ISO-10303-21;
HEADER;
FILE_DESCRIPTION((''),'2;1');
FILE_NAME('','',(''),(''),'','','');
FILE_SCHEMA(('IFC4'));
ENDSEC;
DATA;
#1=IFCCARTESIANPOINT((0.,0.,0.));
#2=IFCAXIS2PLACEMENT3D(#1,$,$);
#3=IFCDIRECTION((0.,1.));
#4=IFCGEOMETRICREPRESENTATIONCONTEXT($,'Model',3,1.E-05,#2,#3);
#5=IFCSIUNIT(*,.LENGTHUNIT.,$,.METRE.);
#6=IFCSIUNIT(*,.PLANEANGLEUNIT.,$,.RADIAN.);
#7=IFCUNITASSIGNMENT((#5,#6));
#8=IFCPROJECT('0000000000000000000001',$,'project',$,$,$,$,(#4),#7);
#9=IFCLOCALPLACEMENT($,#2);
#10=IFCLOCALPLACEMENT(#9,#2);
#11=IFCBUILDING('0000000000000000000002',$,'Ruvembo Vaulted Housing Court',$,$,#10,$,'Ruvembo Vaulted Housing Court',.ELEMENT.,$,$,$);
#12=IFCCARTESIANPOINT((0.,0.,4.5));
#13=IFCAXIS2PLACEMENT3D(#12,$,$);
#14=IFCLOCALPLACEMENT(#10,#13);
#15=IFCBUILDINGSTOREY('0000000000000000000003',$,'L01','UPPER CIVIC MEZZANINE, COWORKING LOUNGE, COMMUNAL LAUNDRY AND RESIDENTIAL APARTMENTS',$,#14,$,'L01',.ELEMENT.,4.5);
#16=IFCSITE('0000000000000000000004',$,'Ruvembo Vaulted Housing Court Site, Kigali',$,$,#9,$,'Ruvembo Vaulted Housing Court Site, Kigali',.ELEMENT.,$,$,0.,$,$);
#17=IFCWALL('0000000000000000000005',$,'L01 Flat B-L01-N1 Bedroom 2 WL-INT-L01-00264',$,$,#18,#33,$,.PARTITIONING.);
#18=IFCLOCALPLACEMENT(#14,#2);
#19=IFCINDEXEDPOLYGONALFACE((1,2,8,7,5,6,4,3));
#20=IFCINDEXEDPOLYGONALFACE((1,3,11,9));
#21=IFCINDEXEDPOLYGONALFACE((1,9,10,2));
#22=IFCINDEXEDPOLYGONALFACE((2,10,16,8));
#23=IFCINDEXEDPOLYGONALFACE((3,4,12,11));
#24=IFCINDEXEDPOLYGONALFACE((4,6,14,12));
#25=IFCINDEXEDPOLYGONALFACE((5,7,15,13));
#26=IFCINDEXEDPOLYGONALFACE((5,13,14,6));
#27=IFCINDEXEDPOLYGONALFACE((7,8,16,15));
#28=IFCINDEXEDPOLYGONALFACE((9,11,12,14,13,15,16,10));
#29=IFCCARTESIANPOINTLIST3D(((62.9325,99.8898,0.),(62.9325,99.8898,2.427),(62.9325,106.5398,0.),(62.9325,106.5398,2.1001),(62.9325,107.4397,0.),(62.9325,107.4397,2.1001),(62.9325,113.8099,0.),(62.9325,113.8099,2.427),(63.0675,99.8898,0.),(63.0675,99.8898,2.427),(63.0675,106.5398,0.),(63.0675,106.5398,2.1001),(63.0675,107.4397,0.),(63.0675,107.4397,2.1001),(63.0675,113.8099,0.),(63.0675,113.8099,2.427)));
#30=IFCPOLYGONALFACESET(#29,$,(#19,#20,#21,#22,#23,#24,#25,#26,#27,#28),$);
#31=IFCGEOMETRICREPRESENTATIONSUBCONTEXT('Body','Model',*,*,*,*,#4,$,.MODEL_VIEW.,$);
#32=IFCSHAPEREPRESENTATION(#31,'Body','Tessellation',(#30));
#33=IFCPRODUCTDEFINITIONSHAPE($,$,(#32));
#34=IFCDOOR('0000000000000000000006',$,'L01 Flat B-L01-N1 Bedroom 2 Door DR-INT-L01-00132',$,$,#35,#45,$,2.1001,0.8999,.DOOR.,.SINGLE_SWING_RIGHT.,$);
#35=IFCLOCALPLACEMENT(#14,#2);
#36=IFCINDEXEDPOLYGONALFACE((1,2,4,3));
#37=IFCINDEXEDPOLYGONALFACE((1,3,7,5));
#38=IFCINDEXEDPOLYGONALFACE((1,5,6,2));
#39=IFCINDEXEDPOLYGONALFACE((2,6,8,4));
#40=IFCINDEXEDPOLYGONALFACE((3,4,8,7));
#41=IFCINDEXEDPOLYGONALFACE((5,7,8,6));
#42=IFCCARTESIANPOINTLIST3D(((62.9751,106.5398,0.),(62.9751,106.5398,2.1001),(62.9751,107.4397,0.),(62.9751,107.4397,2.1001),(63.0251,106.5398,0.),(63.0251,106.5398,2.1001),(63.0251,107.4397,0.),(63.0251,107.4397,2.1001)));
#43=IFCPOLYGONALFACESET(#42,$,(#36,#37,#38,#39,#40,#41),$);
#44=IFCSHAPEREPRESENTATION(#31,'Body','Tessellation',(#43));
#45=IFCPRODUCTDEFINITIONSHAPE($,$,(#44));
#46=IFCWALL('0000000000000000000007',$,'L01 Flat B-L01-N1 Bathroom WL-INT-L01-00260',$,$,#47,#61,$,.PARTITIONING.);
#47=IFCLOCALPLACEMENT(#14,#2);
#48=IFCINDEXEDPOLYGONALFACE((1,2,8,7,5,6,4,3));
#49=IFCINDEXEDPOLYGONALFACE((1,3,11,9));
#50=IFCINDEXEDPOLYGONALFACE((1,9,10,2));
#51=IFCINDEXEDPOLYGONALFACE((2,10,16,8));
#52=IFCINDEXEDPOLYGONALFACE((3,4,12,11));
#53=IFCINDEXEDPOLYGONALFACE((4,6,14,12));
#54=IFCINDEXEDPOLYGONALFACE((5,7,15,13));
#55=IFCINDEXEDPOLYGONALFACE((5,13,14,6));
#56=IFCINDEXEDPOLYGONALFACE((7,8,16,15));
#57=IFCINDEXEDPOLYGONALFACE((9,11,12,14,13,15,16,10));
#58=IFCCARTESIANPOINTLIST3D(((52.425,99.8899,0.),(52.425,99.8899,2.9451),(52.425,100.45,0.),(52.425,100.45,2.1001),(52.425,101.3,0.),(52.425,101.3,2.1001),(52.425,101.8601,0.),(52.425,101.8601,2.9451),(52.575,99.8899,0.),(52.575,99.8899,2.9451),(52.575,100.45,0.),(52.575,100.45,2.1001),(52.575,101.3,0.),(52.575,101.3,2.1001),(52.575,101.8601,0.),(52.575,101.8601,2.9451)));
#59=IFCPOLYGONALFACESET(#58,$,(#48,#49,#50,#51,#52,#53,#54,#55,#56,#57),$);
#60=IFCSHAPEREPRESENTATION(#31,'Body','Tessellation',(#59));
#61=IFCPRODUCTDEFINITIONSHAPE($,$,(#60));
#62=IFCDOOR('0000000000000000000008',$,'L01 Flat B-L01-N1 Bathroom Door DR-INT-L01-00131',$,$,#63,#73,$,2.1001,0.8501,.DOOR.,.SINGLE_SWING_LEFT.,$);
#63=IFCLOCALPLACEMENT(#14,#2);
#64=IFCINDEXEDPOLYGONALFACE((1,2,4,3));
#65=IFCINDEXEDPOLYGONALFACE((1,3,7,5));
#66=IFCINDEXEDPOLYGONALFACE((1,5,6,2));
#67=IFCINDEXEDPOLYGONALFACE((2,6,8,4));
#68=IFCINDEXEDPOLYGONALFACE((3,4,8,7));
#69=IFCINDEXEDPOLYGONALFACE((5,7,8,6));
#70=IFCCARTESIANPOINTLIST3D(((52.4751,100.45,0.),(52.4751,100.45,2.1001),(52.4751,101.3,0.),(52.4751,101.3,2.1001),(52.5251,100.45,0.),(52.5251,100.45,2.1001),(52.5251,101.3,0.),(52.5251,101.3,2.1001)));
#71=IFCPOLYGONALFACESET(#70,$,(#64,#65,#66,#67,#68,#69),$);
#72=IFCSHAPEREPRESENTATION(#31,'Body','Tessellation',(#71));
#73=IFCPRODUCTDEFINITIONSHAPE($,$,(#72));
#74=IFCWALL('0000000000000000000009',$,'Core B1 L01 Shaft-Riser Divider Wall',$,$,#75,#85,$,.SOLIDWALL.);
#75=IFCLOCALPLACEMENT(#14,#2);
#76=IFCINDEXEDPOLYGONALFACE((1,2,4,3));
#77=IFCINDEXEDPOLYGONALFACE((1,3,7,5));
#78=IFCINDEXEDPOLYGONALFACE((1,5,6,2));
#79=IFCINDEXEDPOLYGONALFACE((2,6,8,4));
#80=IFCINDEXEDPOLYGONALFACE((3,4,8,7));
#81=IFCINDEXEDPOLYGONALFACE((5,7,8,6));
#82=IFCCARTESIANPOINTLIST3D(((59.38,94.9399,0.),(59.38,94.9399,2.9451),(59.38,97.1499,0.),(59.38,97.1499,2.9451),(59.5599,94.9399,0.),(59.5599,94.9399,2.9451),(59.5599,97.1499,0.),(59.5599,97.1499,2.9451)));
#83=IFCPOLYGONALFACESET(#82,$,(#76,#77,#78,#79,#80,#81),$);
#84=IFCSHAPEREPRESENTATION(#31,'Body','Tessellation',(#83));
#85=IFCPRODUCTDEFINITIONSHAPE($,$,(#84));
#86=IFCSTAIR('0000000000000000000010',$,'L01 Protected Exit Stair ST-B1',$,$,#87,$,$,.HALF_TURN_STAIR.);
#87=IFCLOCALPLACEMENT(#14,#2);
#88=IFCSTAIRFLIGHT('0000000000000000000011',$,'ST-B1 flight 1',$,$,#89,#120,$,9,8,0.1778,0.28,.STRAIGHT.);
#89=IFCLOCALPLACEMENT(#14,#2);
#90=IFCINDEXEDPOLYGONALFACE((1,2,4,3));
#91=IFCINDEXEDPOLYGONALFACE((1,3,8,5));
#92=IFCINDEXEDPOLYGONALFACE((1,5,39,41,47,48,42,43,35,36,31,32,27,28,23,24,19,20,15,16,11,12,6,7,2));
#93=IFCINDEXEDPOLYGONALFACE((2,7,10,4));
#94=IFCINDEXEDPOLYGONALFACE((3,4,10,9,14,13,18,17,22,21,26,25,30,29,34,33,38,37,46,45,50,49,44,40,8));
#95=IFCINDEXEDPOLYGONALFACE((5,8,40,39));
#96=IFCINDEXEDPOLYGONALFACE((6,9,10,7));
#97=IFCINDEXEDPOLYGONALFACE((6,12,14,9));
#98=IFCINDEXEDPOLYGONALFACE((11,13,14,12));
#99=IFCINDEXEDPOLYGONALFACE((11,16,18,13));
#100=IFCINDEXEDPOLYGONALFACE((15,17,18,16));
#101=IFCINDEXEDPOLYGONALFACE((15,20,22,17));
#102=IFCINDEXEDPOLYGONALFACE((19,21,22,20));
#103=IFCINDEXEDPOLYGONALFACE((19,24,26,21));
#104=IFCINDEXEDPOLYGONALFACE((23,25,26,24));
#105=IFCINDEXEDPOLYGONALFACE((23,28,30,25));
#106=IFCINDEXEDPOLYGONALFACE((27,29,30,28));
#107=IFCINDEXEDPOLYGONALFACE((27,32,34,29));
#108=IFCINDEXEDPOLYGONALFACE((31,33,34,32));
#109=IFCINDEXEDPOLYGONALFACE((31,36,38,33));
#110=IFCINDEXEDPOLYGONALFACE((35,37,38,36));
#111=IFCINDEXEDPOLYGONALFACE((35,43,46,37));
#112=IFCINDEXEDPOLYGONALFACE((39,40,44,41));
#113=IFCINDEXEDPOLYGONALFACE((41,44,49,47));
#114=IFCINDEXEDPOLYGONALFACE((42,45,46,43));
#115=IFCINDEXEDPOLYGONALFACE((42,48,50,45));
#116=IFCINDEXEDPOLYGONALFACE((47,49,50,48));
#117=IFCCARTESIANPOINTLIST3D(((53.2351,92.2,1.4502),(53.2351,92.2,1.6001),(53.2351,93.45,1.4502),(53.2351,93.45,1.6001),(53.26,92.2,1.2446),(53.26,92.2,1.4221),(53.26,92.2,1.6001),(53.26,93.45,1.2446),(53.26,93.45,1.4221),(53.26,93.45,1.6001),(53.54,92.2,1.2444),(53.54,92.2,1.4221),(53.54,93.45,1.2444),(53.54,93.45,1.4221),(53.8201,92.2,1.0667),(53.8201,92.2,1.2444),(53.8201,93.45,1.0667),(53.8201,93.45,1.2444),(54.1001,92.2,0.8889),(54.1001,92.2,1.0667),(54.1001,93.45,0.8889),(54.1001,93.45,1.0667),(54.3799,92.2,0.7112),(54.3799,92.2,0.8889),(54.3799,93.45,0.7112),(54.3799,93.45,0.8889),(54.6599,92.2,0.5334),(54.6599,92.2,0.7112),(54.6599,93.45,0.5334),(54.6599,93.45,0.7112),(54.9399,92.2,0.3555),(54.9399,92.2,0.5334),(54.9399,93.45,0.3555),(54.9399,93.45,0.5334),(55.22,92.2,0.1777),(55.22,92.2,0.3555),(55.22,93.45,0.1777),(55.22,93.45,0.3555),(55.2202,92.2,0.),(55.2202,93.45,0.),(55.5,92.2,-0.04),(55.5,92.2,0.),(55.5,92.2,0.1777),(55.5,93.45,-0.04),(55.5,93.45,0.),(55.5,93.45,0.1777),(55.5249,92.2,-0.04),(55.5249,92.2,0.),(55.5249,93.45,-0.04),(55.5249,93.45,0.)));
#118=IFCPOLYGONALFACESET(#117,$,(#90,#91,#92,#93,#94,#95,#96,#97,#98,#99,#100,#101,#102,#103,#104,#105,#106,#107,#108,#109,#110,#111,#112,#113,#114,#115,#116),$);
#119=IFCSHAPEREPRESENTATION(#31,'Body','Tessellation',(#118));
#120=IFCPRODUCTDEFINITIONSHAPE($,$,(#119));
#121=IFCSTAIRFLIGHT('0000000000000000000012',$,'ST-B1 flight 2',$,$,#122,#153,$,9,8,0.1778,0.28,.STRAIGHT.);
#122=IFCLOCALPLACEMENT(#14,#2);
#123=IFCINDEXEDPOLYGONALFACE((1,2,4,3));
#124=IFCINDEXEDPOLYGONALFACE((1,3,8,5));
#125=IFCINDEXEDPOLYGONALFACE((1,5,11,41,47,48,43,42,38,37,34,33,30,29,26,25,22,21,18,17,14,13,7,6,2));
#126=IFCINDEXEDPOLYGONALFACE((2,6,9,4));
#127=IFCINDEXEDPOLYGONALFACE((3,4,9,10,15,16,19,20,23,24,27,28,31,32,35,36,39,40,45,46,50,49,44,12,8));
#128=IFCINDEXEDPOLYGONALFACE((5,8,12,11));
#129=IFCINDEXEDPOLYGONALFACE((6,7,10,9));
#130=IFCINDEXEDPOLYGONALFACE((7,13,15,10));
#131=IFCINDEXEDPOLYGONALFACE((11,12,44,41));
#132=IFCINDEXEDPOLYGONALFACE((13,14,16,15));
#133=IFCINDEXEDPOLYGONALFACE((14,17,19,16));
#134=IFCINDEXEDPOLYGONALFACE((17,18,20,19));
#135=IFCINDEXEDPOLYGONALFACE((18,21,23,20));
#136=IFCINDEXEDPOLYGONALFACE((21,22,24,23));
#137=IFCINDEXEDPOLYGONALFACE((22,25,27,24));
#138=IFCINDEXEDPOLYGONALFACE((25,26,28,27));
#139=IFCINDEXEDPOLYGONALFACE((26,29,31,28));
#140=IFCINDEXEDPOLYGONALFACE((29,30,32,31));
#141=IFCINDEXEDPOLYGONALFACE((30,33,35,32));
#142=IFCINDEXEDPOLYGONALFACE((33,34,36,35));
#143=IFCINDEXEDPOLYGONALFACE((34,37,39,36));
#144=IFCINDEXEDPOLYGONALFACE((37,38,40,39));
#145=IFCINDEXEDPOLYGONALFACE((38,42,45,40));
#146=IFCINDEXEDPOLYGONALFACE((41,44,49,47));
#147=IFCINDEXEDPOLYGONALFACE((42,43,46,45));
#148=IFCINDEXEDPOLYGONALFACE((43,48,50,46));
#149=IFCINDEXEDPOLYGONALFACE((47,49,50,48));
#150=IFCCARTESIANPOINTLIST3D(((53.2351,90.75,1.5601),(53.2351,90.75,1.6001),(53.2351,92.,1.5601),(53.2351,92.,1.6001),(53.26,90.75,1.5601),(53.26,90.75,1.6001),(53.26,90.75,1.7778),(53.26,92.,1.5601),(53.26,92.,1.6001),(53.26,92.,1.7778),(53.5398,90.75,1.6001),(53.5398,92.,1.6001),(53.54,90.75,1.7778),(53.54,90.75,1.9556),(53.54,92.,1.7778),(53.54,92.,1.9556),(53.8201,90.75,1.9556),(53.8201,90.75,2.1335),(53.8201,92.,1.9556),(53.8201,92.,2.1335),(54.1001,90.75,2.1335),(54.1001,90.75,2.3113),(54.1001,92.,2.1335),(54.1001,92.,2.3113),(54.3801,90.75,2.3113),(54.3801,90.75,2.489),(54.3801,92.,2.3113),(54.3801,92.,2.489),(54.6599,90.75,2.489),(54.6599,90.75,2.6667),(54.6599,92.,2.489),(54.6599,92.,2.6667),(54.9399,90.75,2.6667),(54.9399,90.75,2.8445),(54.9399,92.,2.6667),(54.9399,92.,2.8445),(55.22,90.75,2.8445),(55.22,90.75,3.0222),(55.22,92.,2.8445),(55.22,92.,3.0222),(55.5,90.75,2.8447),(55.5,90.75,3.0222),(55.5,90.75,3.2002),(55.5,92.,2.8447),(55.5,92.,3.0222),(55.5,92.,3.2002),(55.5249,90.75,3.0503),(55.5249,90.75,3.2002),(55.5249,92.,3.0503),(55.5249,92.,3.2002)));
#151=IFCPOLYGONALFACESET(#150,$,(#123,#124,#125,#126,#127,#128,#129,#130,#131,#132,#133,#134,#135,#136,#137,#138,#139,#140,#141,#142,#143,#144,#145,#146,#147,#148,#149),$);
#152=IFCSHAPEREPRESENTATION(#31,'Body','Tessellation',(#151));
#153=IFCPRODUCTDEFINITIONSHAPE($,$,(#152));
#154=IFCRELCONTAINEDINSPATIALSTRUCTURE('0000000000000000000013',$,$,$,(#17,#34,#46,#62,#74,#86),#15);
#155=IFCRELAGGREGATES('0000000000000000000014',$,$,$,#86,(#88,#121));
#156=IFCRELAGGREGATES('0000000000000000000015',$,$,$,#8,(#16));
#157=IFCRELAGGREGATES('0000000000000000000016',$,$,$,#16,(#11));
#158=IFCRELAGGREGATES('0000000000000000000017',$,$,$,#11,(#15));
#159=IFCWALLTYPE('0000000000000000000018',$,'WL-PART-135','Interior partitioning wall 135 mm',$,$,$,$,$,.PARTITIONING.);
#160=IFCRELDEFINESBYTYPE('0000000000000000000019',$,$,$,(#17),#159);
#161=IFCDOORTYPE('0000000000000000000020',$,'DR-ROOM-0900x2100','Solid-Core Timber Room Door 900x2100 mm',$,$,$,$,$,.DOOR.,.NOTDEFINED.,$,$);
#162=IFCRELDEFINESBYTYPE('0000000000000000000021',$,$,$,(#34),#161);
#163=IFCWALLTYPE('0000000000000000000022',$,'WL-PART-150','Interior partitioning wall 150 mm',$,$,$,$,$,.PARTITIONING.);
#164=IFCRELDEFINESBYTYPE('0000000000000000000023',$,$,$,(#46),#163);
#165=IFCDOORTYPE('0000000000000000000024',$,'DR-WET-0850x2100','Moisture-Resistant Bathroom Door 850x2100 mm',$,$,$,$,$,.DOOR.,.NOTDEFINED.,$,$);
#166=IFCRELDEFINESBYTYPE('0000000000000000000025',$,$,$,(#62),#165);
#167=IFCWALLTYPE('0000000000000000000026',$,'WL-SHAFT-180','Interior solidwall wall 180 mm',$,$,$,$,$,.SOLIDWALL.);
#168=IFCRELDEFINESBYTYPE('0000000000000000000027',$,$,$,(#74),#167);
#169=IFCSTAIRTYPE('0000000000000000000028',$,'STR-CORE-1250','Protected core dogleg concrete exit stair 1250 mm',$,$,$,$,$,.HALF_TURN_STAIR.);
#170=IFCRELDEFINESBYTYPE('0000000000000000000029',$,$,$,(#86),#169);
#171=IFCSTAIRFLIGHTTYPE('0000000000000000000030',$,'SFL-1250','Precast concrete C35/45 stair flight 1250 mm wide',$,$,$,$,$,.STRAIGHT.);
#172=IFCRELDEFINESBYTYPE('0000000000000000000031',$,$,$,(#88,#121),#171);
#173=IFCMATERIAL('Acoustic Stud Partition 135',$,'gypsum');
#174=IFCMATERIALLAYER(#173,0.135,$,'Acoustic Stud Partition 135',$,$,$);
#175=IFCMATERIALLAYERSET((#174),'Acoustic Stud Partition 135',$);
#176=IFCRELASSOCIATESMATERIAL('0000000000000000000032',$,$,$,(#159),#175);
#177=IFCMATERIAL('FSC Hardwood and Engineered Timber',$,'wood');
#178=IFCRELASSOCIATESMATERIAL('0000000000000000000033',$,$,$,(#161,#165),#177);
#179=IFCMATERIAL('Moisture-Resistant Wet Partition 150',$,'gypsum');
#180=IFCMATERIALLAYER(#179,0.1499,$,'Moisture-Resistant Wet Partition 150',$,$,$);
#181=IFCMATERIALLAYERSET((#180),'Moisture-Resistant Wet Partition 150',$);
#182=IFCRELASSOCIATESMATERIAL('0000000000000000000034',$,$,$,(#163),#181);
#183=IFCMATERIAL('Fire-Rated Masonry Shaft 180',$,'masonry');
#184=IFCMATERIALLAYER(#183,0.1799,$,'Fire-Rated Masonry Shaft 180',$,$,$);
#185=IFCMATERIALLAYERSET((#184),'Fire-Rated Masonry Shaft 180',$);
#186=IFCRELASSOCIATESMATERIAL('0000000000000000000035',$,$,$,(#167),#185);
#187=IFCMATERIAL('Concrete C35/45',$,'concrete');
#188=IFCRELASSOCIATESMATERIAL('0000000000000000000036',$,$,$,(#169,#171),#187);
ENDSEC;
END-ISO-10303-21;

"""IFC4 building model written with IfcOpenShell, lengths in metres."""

from ifc_helpers import new_model, si_unit, direction, frame, frame_2d, origin, place, context, subcontext, project, spatial, polyline, rectangle, outline, extrude, material, layer, layer_set, type_object, element, fill, aggregate, save


model = new_model("IFC4")

# Units and contexts
model_context = context("Model", 3, precision=1e-05, world=origin(), true_north=direction((0.0, 1.0)))
body_context = subcontext(model_context, "Body", "Model", "MODEL_VIEW")
ifc_project = project(units=[si_unit("LENGTHUNIT", "METRE"), si_unit("PLANEANGLEUNIT", "RADIAN")], contexts=[model_context])

# Site, building, storey
site_placement = place(None, origin())
site = spatial("IfcSite", under=ifc_project, at=site_placement, Name="Ruvembo Vaulted Housing Court Site, Kigali", LongName="Ruvembo Vaulted Housing Court Site, Kigali", CompositionType="ELEMENT", RefElevation=0.0)
building_placement = place(site_placement, origin())
building = spatial("IfcBuilding", under=site, at=building_placement, Name="Ruvembo Vaulted Housing Court", LongName="Ruvembo Vaulted Housing Court", CompositionType="ELEMENT")
storey_placement = place(building_placement, frame((0.0, 0.0, 4.5)))
storey = spatial("IfcBuildingStorey", under=building, at=storey_placement, Name="L01", Description="UPPER CIVIC MEZZANINE, COWORKING LOUNGE, COMMUNAL LAUNDRY AND RESIDENTIAL APARTMENTS", LongName="L01", CompositionType="ELEMENT", Elevation=4.5)

# Shared definitions
ifc_material_1 = material(Name="Concrete C35/45", Category="concrete")

# Shared definitions
ifc_material_2 = material(Name="FSC Hardwood and Engineered Timber", Category="wood")

# Walls, openings, doors
ifc_material_3 = material(Name="Acoustic Stud Partition 135", Category="gypsum")
ifc_layer_1 = layer(ifc_material_3, 0.135, Name="Acoustic Stud Partition 135")
ifc_layer_set_1 = layer_set([ifc_layer_1], Name="Acoustic Stud Partition 135")
wall_type_1 = type_object("IfcWallType", Name="WL-PART-135", Description="Interior partitioning wall 135 mm", PredefinedType="PARTITIONING", material=ifc_layer_set_1)
wall_1_placement = place(storey_placement, frame((63.0, 99.8899, 0.0), z_axis=(0.0, 0.0, 1.0), x_axis=(0.0, 1.0, 0.0)))
wall_1 = element("IfcWall", 1, at=wall_1_placement, inside=storey, type_object=wall_type_1, Name="L01 Flat B-L01-N1 Bedroom 2 WL-INT-L01-00264", PredefinedType="PARTITIONING", context=body_context, shape_type="SweptSolid", body=[
    extrude(rectangle(XDim=13.9202, YDim=0.135, at=frame_2d((6.96, 0.0))), origin(), (0.0, 0.0, 1.0), 2.427),
])
opening_1_placement = place(wall_1_placement, frame((6.6499, 0.0, 0.0)))
opening_1 = element("IfcOpeningElement", 2, at=opening_1_placement, cuts=wall_1, PredefinedType="OPENING", context=body_context, shape_type="SweptSolid", body=[
    extrude(rectangle(XDim=0.8999, YDim=2.1001, at=frame_2d((0.45, 1.05))), frame((0.0, 0.0774, 0.0), z_axis=(0.0, -1.0, 0.0), x_axis=(1.0, 0.0, 0.0)), (0.0, 0.0, 1.0), 0.155),
])
door_type_1 = type_object("IfcDoorType", Name="DR-ROOM-0900x2100", Description="Solid-Core Timber Room Door 900x2100 mm", OperationType="NOTDEFINED", PredefinedType="DOOR", material=ifc_material_2)
door_1_placement = place(opening_1_placement, origin())
door_1 = element("IfcDoor", 3, at=door_1_placement, inside=storey, type_object=door_type_1, Name="L01 Flat B-L01-N1 Bedroom 2 Door DR-INT-L01-00132", OperationType="SINGLE_SWING_RIGHT", OverallHeight=2.1001, OverallWidth=0.8999, PredefinedType="DOOR", context=body_context, shape_type="SweptSolid", body=[
    extrude(rectangle(XDim=0.8999, YDim=2.1001, at=frame_2d((0.45, 1.05))), frame((0.0, 0.0249, 0.0), z_axis=(0.0, -1.0, 0.0), x_axis=(1.0, 0.0, 0.0)), (0.0, 0.0, 1.0), 0.05),
])
fill(opening_1, door_1)
ifc_material_4 = material(Name="Moisture-Resistant Wet Partition 150", Category="gypsum")
ifc_layer_2 = layer(ifc_material_4, 0.1499, Name="Moisture-Resistant Wet Partition 150")
ifc_layer_set_2 = layer_set([ifc_layer_2], Name="Moisture-Resistant Wet Partition 150")
wall_type_2 = type_object("IfcWallType", Name="WL-PART-150", Description="Interior partitioning wall 150 mm", PredefinedType="PARTITIONING", material=ifc_layer_set_2)
wall_2_placement = place(storey_placement, frame((52.5, 99.8899, 0.0), z_axis=(0.0, 0.0, 1.0), x_axis=(0.0, 1.0, 0.0)))
wall_2 = element("IfcWall", 4, at=wall_2_placement, inside=storey, type_object=wall_type_2, Name="L01 Flat B-L01-N1 Bathroom WL-INT-L01-00260", PredefinedType="PARTITIONING", context=body_context, shape_type="SweptSolid", body=[
    extrude(rectangle(XDim=1.9702, YDim=0.1499, at=frame_2d((0.9851, 0.0))), origin(), (0.0, 0.0, 1.0), 2.9451),
])
opening_2_placement = place(wall_2_placement, frame((0.5601, 0.0, 0.0)))
opening_2 = element("IfcOpeningElement", 5, at=opening_2_placement, cuts=wall_2, PredefinedType="OPENING", context=body_context, shape_type="SweptSolid", body=[
    extrude(rectangle(XDim=0.8501, YDim=2.1001, at=frame_2d((0.425, 1.05))), frame((0.0, 0.085, 0.0), z_axis=(0.0, -1.0, 0.0), x_axis=(1.0, 0.0, 0.0)), (0.0, 0.0, 1.0), 0.1699),
])
door_type_2 = type_object("IfcDoorType", Name="DR-WET-0850x2100", Description="Moisture-Resistant Bathroom Door 850x2100 mm", OperationType="NOTDEFINED", PredefinedType="DOOR", material=ifc_material_2)
door_2_placement = place(opening_2_placement, origin())
door_2 = element("IfcDoor", 6, at=door_2_placement, inside=storey, type_object=door_type_2, Name="L01 Flat B-L01-N1 Bathroom Door DR-INT-L01-00131", OperationType="SINGLE_SWING_LEFT", OverallHeight=2.1001, OverallWidth=0.8501, PredefinedType="DOOR", context=body_context, shape_type="SweptSolid", body=[
    extrude(rectangle(XDim=0.8501, YDim=2.1001, at=frame_2d((0.425, 1.05))), frame((0.0, 0.0249, 0.0), z_axis=(0.0, -1.0, 0.0), x_axis=(1.0, 0.0, 0.0)), (0.0, 0.0, 1.0), 0.05),
])
fill(opening_2, door_2)

# Shared definitions
ifc_material_5 = material(Name="Fire-Rated Masonry Shaft 180", Category="masonry")
ifc_layer_3 = layer(ifc_material_5, 0.1799, Name="Fire-Rated Masonry Shaft 180")
ifc_layer_set_3 = layer_set([ifc_layer_3], Name="Fire-Rated Masonry Shaft 180")
wall_type_3 = type_object("IfcWallType", Name="WL-SHAFT-180", Description="Interior solidwall wall 180 mm", PredefinedType="SOLIDWALL", material=ifc_layer_set_3)

# Wall
wall_3_placement = place(storey_placement, frame((59.47, 94.9399, 0.0), z_axis=(0.0, 0.0, 1.0), x_axis=(0.0, 1.0, 0.0)))
element("IfcWall", 7, at=wall_3_placement, inside=storey, type_object=wall_type_3, Name="Core B1 L01 Shaft-Riser Divider Wall", PredefinedType="SOLIDWALL", context=body_context, shape_type="SweptSolid", body=[
    extrude(rectangle(XDim=2.21, YDim=0.1799, at=frame_2d((1.105, 0.0))), origin(), (0.0, 0.0, 1.0), 2.9451),
])

# Stair, stair flights
stair_type = type_object("IfcStairType", Name="STR-CORE-1250", Description="Protected core dogleg concrete exit stair 1250 mm", PredefinedType="HALF_TURN_STAIR", material=ifc_material_1)
stair_placement = place(storey_placement, origin())
stair = element("IfcStair", 8, at=stair_placement, inside=storey, type_object=stair_type, Name="L01 Protected Exit Stair ST-B1", PredefinedType="HALF_TURN_STAIR")
stair_flight_type = type_object("IfcStairFlightType", Name="SFL-1250", Description="Precast concrete C35/45 stair flight 1250 mm wide", PredefinedType="STRAIGHT", material=ifc_material_1)
stair_flight_1_placement = place(storey_placement, frame((55.5, 92.825, 0.0), z_axis=(0.0, 0.0, 1.0), x_axis=(-1.0, 0.0, 0.0)))
stair_flight_1 = element("IfcStairFlight", 9, at=stair_flight_1_placement, type_object=stair_flight_type, Name="ST-B1 flight 1", NumberOfRisers=9, NumberOfTreads=8, PredefinedType="STRAIGHT", RiserHeight=0.1778, TreadLength=0.28, context=body_context, shape_type="SweptSolid", body=[
    extrude(outline(polyline([(-0.0249, -0.04), (-0.0249, 0.0), (0.0, 0.0), (0.0, 0.1777), (0.28, 0.1777), (0.28, 0.3555), (0.5601, 0.3555), (0.5601, 0.5334), (0.8401, 0.5334), (0.8401, 0.7112), (1.1201, 0.7112), (1.1201, 0.8889), (1.3999, 0.8889), (1.3999, 1.0667), (1.6799, 1.0667), (1.6799, 1.2444), (1.96, 1.2444), (1.96, 1.4221), (2.24, 1.4221), (2.24, 1.6001), (2.2649, 1.6001), (2.2649, 1.4502), (2.24, 1.2446), (0.2798, 0.0), (0.0, -0.04), (-0.0249, -0.04)])), frame((0.0, 0.625, 0.0), z_axis=(0.0, -1.0, 0.0), x_axis=(1.0, 0.0, 0.0)), (0.0, 0.0, 1.0), 1.25),
])
stair_flight_2_placement = place(storey_placement, frame((53.26, 91.375, 1.6001), z_axis=(0.0, 0.0, 1.0), x_axis=(1.0, 0.0, 0.0)))
stair_flight_2 = element("IfcStairFlight", 10, at=stair_flight_2_placement, type_object=stair_flight_type, Name="ST-B1 flight 2", NumberOfRisers=9, NumberOfTreads=8, PredefinedType="STRAIGHT", RiserHeight=0.1778, TreadLength=0.28, context=body_context, shape_type="SweptSolid", body=[
    extrude(outline(polyline([(-0.0249, -0.04), (-0.0249, 0.0), (0.0, 0.0), (0.0, 0.1777), (0.28, 0.1777), (0.28, 0.3555), (0.5601, 0.3555), (0.5601, 0.5334), (0.8401, 0.5334), (0.8401, 0.7112), (1.1201, 0.7112), (1.1201, 0.8889), (1.3999, 0.8889), (1.3999, 1.0667), (1.6799, 1.0667), (1.6799, 1.2444), (1.96, 1.2444), (1.96, 1.4221), (2.24, 1.4221), (2.24, 1.6001), (2.2649, 1.6001), (2.2649, 1.4502), (2.24, 1.2446), (0.2798, 0.0), (0.0, -0.04), (-0.0249, -0.04)])), frame((0.0, 0.625, 0.0), z_axis=(0.0, -1.0, 0.0), x_axis=(1.0, 0.0, 0.0)), (0.0, 0.0, 1.0), 1.25),
])
aggregate(stair, [stair_flight_1, stair_flight_2])

save(model, "model.ifc")
